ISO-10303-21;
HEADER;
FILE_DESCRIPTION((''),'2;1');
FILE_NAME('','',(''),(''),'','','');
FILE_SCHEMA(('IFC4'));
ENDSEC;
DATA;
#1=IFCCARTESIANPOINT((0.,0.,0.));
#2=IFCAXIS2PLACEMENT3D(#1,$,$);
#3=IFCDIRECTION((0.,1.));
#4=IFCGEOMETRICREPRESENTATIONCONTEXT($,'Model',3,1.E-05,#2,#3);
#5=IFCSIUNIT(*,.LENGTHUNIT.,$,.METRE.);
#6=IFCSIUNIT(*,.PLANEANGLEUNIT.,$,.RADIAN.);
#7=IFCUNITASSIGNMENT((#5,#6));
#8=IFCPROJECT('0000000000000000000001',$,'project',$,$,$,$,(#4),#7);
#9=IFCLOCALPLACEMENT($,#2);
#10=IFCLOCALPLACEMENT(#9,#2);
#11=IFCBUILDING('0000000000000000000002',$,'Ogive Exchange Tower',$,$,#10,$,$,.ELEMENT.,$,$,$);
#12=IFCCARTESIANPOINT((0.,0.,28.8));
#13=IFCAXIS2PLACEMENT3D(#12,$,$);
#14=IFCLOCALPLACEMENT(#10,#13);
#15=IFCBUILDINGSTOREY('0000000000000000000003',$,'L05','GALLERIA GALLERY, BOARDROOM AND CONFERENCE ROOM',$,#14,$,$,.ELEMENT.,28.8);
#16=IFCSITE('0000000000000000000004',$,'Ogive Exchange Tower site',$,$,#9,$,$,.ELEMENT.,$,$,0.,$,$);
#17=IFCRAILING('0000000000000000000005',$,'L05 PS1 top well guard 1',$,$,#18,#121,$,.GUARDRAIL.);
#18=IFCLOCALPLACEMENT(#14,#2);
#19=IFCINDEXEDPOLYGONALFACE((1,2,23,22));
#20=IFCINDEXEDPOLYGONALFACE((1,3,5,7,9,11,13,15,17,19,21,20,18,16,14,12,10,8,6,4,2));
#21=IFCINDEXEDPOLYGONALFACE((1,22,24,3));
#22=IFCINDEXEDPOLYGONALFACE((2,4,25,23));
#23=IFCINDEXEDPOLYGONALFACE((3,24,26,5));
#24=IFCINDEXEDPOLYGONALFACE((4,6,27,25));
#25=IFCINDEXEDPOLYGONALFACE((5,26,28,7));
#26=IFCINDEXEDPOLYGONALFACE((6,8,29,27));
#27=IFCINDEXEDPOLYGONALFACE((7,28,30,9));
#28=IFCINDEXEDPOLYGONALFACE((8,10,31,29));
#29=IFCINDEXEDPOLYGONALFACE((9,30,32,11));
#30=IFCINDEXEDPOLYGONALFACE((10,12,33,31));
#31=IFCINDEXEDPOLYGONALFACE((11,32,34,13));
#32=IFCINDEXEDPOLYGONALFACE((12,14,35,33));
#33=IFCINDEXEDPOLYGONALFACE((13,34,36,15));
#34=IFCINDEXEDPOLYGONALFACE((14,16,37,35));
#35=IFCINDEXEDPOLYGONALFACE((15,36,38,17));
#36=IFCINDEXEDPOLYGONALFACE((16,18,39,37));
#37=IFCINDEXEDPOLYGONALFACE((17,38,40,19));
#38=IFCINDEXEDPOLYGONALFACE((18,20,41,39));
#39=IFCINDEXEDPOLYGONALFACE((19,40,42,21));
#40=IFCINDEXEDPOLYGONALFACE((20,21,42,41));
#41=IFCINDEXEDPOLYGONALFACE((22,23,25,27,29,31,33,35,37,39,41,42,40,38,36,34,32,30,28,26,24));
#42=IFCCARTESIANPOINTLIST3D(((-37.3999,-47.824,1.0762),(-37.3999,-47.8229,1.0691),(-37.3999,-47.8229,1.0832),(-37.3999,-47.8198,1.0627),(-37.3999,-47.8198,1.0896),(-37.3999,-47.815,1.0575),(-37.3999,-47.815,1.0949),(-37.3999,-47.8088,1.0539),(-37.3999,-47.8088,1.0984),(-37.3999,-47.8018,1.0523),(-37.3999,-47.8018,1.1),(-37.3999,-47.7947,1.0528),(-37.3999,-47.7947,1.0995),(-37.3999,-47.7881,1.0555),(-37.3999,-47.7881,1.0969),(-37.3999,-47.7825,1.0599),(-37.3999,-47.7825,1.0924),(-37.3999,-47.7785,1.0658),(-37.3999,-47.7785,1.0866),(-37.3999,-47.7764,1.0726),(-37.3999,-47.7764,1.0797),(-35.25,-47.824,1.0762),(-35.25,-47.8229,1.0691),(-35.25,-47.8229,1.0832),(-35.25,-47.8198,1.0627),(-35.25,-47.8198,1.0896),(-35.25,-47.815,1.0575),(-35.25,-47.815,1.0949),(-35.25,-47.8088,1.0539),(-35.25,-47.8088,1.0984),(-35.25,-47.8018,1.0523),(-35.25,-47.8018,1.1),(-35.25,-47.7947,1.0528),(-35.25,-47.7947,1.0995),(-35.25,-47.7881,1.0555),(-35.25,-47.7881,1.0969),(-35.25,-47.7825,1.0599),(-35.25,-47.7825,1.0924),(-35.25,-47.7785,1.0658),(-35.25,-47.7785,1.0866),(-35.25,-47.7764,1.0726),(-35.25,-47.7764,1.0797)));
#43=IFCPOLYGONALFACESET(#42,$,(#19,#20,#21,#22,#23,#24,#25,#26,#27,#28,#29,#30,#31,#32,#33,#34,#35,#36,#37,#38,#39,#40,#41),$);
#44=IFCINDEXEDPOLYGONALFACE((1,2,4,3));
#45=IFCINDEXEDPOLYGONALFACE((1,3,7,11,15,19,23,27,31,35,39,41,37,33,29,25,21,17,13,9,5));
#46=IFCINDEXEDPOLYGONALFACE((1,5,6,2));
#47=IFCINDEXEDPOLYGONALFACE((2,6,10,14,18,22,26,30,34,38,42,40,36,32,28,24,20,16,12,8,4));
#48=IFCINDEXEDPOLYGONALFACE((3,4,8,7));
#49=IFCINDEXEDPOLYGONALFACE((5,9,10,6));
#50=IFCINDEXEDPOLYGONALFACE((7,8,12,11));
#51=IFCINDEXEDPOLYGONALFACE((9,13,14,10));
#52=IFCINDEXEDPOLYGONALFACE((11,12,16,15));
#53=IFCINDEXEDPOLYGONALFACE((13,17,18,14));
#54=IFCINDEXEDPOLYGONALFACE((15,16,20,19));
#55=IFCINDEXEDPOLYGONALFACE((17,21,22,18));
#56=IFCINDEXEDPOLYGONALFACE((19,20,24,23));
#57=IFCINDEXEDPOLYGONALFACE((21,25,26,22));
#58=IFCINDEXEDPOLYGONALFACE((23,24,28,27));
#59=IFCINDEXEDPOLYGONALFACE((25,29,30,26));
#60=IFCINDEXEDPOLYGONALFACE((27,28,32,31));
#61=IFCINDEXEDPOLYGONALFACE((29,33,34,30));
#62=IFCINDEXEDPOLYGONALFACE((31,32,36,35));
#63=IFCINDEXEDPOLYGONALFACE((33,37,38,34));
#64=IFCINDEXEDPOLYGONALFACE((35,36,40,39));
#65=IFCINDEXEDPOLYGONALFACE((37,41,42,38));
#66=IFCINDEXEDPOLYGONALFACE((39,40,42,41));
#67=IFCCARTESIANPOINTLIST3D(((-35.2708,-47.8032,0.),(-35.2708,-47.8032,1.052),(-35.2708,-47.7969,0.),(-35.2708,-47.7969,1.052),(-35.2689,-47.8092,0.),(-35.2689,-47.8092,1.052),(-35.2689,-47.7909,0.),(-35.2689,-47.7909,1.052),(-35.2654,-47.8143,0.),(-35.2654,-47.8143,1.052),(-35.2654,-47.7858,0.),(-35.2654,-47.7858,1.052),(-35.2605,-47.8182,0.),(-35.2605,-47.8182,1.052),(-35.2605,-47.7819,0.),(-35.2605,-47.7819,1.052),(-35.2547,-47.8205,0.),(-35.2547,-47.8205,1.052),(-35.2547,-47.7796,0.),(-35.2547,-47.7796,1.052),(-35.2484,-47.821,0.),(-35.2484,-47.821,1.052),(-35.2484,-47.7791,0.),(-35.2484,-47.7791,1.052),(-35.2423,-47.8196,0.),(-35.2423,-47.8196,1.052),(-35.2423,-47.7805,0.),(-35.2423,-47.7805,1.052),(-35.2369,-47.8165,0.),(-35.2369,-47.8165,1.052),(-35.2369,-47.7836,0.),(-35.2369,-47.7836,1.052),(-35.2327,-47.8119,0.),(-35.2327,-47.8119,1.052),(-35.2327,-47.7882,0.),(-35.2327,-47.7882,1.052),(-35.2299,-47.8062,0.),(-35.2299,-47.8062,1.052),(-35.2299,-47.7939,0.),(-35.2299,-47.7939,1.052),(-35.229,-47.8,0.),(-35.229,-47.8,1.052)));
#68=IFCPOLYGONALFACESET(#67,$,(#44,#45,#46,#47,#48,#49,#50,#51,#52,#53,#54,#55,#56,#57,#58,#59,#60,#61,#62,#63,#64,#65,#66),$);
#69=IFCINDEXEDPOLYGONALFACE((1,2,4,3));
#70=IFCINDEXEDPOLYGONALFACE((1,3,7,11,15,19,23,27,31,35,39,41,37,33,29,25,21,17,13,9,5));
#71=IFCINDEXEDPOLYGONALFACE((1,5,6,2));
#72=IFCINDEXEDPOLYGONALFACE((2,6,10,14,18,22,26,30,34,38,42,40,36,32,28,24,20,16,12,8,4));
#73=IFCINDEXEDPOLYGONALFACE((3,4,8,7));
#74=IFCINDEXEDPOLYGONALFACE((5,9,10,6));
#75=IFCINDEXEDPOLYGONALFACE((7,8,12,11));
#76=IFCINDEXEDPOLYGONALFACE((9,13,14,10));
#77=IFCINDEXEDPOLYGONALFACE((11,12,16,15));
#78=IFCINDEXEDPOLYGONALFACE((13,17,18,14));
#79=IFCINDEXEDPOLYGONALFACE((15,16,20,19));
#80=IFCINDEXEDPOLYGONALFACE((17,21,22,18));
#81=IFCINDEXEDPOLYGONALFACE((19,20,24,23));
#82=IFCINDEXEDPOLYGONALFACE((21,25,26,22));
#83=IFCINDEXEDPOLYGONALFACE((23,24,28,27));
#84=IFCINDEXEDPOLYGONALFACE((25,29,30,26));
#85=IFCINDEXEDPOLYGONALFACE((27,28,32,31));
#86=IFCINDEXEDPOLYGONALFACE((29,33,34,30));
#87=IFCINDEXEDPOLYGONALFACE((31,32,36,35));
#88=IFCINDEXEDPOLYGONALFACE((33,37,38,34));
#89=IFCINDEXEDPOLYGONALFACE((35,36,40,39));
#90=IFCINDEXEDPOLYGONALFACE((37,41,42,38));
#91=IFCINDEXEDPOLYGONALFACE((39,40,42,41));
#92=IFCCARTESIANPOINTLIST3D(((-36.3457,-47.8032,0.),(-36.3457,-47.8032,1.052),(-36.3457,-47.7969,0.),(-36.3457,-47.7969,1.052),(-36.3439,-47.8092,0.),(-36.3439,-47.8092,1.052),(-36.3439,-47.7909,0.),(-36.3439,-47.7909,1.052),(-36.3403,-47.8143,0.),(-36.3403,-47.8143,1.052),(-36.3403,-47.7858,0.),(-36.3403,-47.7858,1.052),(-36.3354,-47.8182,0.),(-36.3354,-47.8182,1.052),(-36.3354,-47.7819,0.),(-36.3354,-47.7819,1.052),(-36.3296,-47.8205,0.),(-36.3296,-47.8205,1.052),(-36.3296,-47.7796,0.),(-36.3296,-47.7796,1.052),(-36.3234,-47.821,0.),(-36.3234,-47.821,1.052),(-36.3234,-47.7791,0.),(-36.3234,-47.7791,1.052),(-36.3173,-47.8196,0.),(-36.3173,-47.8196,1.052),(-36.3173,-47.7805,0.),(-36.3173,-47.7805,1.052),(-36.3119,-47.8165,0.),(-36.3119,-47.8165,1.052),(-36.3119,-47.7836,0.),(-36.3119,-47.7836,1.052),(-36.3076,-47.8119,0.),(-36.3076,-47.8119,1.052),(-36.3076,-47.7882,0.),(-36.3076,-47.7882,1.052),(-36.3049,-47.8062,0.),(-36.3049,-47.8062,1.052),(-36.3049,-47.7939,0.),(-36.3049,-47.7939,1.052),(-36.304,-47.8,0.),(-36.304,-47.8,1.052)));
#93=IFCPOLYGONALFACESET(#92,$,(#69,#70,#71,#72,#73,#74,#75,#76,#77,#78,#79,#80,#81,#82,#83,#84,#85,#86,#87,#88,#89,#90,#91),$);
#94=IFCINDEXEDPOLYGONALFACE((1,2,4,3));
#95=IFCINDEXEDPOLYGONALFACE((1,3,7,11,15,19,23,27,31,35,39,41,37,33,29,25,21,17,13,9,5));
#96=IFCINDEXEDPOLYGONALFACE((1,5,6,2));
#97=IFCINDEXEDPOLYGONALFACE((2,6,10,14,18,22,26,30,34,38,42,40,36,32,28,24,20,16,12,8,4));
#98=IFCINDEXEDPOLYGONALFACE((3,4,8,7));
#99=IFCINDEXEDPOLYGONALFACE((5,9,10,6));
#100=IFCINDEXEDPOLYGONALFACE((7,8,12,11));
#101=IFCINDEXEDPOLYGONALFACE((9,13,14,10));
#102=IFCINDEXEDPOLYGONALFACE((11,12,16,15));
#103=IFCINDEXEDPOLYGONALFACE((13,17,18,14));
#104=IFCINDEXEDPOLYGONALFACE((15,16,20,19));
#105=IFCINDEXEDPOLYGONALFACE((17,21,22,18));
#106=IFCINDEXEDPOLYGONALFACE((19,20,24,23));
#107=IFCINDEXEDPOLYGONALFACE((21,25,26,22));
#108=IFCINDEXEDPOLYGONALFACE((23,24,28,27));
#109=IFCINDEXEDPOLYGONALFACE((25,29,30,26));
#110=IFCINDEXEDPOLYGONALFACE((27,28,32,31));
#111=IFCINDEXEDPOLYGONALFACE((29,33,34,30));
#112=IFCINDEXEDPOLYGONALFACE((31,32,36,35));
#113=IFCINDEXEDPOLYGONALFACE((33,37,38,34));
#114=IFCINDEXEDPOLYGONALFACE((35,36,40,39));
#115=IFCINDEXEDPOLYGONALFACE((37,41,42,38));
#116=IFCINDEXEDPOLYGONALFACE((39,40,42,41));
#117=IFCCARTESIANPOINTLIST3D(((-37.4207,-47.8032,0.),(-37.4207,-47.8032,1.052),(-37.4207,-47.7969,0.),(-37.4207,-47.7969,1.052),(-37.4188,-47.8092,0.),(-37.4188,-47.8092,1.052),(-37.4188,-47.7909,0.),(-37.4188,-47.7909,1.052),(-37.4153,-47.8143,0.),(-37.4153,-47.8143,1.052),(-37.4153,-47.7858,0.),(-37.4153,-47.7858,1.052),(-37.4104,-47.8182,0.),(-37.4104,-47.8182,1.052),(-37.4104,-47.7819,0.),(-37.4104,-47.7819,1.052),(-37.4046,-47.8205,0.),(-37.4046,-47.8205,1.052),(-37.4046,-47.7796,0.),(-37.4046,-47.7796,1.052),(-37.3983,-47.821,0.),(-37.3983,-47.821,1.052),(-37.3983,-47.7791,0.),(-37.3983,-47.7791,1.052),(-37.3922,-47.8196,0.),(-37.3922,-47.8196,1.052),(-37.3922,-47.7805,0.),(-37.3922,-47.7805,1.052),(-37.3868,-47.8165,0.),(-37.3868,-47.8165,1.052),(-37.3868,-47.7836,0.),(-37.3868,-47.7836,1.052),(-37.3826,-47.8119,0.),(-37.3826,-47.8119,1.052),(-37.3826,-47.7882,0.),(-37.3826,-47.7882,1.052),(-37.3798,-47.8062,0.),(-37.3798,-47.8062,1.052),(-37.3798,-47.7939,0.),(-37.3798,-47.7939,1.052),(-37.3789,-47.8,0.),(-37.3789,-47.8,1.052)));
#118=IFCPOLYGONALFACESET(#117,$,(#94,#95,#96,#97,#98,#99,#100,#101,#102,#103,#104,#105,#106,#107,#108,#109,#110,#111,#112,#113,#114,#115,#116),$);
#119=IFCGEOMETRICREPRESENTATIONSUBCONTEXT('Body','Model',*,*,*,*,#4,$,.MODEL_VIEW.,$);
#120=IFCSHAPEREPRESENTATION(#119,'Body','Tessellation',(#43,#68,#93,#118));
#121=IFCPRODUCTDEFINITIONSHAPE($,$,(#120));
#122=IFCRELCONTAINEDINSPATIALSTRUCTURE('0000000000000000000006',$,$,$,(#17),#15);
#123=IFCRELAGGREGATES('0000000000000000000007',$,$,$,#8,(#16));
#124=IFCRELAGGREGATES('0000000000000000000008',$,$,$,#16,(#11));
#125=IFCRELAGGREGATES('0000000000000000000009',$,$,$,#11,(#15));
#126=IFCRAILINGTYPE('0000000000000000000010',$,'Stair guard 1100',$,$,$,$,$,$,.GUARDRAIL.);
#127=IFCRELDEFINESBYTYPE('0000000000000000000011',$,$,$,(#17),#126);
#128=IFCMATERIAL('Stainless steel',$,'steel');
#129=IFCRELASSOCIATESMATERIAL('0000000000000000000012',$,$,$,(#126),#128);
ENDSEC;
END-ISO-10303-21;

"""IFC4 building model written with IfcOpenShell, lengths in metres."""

from ifc_helpers import new_model, si_unit, direction, frame, origin, origin_2d, place, context, subcontext, project, spatial, circle, extrude, material, type_object, element, save


model = new_model("IFC4")

# Units and contexts
model_context = context("Model", 3, precision=1e-05, world=origin(), true_north=direction((0.0, 1.0)))
body_context = subcontext(model_context, "Body", "Model", "MODEL_VIEW")
ifc_project = project(units=[si_unit("LENGTHUNIT", "METRE"), si_unit("PLANEANGLEUNIT", "RADIAN")], contexts=[model_context])

# Site, building, storey
site_placement = place(None, origin())
site = spatial("IfcSite", under=ifc_project, at=site_placement, Name="Ogive Exchange Tower site", CompositionType="ELEMENT", RefElevation=0.0)
building_placement = place(site_placement, origin())
building = spatial("IfcBuilding", under=site, at=building_placement, Name="Ogive Exchange Tower", CompositionType="ELEMENT")
storey_placement = place(building_placement, frame((0.0, 0.0, 28.8)))
storey = spatial("IfcBuildingStorey", under=building, at=storey_placement, Name="L05", Description="GALLERIA GALLERY, BOARDROOM AND CONFERENCE ROOM", CompositionType="ELEMENT", Elevation=28.8)

# Railing
ifc_material_1 = material(Name="Stainless steel", Category="steel")
railing_type = type_object("IfcRailingType", Name="Stair guard 1100", PredefinedType="GUARDRAIL", material=ifc_material_1)
railing_placement = place(storey_placement, frame((-35.25, -47.8, 0.0)))
element("IfcRailing", 1, at=railing_placement, inside=storey, type_object=railing_type, Name="L05 PS1 top well guard 1", PredefinedType="GUARDRAIL", context=body_context, shape_type="SweptSolid", body=[
    extrude(circle(Radius=0.0239, at=origin_2d()), frame((0.0, 0.0, 1.0762), z_axis=(-1.0, 0.0, 0.0), x_axis=(0.0, -1.0, 0.0)), (0.0, 0.0, 1.0), 2.1499),
    extrude(circle(Radius=0.021, at=origin_2d()), origin(), (0.0, 0.0, 1.0), 1.052),
    extrude(circle(Radius=0.021, at=origin_2d()), frame((-1.075, 0.0, 0.0)), (0.0, 0.0, 1.0), 1.052),
    extrude(circle(Radius=0.021, at=origin_2d()), frame((-2.1499, 0.0, 0.0)), (0.0, 0.0, 1.0), 1.052),
])

save(model, "model.ifc")
